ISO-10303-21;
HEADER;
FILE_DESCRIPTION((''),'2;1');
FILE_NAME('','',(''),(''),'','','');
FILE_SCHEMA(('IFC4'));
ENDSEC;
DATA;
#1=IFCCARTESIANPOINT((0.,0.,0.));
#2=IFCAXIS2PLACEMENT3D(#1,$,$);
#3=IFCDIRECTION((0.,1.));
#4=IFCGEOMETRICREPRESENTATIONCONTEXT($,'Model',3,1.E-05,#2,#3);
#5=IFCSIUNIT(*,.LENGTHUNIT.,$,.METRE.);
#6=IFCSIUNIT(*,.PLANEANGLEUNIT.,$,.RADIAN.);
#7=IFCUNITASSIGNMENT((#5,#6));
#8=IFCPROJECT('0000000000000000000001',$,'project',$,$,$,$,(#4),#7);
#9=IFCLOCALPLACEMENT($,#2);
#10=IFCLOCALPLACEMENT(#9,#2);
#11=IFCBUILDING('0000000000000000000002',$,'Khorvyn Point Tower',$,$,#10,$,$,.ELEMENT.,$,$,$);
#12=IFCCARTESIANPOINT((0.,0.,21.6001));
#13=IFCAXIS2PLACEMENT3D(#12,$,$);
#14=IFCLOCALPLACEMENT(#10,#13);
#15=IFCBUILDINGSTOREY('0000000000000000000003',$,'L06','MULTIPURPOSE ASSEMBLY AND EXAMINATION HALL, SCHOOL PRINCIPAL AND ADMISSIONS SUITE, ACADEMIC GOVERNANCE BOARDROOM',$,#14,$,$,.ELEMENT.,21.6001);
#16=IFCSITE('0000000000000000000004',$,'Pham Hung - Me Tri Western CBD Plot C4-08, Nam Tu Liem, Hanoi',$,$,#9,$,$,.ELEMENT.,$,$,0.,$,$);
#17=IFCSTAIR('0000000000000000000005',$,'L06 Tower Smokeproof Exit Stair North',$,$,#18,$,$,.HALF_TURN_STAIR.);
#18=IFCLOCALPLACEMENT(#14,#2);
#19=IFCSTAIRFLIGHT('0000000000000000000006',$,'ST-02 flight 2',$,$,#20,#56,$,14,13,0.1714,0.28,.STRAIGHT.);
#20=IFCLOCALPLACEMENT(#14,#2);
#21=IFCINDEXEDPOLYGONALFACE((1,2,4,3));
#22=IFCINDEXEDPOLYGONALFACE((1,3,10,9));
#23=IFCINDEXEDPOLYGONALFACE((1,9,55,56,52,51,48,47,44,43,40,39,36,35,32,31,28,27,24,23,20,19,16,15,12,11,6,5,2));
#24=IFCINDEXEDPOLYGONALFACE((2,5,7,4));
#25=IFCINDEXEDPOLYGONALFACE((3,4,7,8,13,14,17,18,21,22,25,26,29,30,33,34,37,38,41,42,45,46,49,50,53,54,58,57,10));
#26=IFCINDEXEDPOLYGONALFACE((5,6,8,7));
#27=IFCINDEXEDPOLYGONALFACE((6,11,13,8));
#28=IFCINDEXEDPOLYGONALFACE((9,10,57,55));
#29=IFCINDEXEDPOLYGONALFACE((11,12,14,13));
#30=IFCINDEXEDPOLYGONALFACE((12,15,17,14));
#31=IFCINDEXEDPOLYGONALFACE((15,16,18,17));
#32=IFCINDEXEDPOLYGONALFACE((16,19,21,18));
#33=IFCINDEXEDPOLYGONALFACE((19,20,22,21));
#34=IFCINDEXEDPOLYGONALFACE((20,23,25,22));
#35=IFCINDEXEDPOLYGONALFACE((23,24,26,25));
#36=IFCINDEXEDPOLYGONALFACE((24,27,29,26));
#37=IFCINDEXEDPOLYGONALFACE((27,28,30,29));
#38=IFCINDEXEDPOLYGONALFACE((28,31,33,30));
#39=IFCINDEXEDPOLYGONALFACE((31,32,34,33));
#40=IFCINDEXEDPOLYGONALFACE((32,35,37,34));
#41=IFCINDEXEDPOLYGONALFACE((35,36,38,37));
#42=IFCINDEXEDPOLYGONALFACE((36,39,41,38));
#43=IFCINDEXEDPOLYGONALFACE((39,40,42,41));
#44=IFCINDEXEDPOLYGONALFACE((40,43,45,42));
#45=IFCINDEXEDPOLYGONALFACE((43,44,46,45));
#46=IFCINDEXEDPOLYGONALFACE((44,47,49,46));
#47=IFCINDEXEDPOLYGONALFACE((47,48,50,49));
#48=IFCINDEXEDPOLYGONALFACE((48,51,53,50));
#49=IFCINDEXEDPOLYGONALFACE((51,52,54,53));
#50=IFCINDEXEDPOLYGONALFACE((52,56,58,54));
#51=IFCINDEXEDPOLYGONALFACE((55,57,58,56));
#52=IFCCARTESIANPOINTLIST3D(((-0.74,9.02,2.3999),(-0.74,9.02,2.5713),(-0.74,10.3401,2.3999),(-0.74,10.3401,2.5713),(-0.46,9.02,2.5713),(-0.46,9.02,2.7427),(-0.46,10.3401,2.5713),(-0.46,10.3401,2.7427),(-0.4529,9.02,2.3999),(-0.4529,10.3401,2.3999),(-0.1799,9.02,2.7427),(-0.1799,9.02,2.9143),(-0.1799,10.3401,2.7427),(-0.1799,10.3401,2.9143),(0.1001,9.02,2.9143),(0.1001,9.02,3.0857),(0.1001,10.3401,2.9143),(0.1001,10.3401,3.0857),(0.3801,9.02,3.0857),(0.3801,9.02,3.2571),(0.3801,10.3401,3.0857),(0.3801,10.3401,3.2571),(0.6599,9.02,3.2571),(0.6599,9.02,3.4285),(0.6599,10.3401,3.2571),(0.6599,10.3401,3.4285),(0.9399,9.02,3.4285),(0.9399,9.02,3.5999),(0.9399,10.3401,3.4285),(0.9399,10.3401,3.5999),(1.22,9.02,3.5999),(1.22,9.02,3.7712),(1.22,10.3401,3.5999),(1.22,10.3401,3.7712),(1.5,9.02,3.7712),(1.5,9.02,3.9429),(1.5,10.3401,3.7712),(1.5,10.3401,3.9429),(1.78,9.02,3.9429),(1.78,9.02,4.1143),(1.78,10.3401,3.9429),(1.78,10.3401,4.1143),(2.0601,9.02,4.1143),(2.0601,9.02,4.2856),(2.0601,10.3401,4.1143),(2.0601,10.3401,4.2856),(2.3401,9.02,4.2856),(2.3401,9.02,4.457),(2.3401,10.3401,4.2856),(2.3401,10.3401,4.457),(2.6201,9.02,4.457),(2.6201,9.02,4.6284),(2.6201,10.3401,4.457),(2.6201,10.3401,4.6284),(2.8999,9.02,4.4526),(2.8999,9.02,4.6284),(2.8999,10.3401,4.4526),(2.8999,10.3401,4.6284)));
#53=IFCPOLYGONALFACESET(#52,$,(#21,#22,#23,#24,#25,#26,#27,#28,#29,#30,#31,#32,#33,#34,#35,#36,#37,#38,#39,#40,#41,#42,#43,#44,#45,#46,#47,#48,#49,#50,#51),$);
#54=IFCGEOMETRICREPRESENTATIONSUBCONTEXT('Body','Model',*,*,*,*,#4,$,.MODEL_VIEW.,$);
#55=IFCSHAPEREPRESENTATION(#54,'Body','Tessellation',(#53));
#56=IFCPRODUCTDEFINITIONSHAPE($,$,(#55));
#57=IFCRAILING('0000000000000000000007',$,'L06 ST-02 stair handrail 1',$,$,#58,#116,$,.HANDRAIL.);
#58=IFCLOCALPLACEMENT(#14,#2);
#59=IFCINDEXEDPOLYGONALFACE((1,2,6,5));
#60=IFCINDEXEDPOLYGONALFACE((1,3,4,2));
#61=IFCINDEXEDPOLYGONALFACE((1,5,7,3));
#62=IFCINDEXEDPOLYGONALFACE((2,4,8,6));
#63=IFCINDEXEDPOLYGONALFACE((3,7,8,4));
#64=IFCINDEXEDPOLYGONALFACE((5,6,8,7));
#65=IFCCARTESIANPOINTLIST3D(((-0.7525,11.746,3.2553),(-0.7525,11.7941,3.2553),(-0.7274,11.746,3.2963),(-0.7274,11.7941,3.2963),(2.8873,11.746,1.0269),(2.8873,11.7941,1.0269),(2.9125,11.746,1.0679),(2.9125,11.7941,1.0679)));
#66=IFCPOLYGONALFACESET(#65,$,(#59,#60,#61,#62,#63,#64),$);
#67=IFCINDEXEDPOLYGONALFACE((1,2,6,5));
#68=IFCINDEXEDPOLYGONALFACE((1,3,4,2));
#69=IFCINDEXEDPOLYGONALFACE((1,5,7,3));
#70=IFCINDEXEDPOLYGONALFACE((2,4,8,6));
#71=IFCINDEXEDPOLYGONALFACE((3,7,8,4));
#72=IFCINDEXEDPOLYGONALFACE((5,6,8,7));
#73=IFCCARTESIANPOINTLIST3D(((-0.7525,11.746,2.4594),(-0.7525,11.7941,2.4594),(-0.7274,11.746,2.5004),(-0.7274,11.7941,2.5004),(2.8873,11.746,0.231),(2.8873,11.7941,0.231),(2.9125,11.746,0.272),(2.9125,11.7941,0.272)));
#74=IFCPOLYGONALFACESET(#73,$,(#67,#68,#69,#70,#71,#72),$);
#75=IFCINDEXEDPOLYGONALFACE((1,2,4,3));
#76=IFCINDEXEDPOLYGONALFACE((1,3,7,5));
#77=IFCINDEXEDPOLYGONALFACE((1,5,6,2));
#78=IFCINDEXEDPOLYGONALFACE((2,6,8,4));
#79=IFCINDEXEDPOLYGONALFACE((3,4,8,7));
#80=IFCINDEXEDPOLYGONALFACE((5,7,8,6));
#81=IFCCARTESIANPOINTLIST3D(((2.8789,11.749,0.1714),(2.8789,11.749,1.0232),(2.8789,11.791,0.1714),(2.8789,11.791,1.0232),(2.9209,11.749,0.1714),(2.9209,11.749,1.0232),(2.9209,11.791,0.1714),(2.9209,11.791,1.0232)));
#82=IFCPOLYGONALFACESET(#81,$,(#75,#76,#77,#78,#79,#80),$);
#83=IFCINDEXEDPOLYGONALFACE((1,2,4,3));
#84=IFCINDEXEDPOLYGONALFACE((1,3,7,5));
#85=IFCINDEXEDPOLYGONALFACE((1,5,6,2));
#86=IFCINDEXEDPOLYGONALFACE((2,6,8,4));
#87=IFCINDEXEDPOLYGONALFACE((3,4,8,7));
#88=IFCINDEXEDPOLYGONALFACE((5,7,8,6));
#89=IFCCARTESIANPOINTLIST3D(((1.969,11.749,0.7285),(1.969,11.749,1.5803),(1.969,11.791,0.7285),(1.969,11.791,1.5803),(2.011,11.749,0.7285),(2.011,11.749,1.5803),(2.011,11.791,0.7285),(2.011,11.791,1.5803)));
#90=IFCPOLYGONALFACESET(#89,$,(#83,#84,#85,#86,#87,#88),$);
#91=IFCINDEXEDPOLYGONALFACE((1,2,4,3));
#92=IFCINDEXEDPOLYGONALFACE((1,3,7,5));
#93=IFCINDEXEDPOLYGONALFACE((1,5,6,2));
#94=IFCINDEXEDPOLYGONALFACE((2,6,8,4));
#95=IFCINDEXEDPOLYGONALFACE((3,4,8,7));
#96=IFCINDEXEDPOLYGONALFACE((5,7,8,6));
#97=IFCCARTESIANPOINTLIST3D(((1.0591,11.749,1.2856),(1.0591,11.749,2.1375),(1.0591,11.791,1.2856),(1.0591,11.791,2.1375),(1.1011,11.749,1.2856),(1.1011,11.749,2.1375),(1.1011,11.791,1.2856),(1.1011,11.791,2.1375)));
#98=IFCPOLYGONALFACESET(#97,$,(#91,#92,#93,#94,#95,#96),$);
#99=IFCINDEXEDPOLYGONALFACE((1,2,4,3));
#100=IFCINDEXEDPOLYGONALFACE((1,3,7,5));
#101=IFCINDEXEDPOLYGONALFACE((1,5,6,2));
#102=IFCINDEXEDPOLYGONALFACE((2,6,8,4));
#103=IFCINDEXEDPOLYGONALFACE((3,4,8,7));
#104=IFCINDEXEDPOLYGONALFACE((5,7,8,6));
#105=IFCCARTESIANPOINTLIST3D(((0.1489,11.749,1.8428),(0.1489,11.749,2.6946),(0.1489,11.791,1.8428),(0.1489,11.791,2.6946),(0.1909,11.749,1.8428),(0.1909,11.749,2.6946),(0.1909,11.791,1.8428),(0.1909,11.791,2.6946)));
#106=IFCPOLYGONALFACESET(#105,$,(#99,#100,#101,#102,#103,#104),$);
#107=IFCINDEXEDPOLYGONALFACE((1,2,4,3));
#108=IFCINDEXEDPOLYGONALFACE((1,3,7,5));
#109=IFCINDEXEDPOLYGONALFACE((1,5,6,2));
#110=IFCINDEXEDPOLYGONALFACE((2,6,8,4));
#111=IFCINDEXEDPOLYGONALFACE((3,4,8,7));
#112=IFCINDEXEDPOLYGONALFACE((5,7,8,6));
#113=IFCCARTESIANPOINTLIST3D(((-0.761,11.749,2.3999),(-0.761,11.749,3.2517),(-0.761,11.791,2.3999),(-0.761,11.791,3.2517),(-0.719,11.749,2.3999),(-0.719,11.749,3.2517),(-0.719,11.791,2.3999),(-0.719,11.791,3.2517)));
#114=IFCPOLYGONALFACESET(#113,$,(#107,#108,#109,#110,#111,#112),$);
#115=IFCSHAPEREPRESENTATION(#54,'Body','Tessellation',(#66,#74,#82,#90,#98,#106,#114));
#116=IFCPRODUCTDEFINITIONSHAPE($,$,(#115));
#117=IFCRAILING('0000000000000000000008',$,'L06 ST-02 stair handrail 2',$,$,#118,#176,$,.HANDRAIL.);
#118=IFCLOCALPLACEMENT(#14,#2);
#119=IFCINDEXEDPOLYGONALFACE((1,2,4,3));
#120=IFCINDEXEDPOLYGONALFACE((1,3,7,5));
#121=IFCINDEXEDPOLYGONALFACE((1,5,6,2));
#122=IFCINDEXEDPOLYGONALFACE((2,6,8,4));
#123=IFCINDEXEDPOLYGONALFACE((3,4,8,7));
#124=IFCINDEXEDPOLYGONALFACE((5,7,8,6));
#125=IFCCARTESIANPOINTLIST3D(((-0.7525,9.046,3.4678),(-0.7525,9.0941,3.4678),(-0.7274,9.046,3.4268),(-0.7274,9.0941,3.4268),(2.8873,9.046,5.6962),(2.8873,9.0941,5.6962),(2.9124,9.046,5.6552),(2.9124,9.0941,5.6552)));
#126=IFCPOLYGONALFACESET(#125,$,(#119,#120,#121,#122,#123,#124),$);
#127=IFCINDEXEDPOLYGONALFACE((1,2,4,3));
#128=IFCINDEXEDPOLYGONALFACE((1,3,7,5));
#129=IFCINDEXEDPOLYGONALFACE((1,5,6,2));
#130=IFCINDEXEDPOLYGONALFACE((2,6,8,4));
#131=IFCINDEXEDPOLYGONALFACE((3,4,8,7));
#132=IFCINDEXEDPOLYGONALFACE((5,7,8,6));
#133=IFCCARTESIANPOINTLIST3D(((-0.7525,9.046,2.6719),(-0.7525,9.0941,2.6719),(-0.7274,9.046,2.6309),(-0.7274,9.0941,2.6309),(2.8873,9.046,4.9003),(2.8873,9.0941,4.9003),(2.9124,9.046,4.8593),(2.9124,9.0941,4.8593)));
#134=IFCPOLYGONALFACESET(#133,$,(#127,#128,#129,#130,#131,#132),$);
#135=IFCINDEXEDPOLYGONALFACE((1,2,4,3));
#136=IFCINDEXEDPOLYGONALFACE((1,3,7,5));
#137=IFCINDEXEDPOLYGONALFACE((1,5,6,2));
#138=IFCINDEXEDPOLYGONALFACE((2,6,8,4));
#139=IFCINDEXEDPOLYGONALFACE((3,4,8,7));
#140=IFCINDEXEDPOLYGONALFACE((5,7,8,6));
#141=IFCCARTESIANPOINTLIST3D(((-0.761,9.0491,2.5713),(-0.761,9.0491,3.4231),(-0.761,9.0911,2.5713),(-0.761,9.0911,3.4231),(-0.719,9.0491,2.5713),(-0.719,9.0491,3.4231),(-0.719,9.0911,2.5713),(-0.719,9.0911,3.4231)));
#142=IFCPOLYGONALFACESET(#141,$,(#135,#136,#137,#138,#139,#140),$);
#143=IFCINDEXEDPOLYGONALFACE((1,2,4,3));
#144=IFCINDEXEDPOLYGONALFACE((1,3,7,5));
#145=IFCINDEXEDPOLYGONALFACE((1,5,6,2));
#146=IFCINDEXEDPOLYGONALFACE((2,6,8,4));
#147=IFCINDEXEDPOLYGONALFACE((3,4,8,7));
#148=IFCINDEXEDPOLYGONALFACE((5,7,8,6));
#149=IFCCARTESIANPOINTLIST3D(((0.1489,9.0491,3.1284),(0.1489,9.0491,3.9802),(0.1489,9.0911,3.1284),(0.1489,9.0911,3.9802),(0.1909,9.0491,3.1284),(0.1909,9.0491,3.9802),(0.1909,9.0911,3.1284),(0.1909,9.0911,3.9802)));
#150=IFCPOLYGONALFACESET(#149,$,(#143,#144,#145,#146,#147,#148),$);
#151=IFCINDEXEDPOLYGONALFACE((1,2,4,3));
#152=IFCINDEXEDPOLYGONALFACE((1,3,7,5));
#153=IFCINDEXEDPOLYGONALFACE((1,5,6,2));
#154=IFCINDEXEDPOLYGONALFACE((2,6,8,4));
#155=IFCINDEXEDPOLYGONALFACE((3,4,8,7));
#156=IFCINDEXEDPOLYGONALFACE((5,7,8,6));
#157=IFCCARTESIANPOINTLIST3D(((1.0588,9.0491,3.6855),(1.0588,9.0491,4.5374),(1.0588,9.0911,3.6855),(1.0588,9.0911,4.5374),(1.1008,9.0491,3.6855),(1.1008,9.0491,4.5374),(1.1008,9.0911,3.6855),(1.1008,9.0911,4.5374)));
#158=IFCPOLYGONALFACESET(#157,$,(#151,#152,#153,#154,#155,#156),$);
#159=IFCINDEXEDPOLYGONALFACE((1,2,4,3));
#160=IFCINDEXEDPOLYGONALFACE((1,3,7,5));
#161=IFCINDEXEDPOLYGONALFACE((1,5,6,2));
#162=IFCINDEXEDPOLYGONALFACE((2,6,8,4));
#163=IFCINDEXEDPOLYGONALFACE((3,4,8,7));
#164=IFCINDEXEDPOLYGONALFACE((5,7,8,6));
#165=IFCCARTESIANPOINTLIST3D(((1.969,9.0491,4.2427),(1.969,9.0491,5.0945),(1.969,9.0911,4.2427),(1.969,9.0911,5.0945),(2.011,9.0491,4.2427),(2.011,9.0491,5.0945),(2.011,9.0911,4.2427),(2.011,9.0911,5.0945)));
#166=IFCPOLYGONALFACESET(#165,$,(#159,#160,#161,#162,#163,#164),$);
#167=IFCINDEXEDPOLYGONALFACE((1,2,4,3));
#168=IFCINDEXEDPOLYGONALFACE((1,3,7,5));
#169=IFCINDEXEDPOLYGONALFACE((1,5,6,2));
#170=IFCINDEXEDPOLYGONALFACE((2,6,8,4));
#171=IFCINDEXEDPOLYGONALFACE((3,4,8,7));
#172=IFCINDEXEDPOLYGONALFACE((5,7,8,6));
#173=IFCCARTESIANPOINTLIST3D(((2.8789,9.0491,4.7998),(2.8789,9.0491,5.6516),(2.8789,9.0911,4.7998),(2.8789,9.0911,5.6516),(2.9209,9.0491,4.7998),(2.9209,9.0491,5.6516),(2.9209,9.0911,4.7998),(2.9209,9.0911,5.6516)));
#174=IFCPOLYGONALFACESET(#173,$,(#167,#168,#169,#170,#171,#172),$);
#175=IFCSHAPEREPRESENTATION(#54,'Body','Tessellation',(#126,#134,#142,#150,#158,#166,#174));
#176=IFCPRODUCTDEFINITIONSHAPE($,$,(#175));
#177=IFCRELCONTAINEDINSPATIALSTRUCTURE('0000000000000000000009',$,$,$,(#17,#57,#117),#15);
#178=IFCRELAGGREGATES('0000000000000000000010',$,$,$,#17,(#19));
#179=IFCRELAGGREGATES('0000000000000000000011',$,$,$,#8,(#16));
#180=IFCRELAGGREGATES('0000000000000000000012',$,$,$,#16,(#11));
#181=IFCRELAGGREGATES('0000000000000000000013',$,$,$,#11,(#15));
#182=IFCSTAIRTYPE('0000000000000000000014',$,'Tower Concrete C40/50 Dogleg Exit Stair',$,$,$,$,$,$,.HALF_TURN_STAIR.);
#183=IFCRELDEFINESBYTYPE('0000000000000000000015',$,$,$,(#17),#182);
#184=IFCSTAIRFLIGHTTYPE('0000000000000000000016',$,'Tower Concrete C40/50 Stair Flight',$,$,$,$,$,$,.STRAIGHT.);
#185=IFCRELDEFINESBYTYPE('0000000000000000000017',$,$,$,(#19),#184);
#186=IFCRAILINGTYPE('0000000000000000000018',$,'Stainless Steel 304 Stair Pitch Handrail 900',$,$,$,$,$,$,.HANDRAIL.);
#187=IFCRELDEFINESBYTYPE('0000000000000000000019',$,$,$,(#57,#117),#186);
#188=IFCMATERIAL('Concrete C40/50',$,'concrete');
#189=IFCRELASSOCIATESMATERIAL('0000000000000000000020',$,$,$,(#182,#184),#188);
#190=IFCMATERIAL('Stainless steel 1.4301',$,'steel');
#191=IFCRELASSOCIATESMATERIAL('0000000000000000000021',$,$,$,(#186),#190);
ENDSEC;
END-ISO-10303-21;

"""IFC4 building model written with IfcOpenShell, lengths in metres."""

from ifc_helpers import new_model, si_unit, direction, frame, origin, origin_2d, place, context, subcontext, project, spatial, polyline, rectangle, outline, extrude, material, type_object, element, aggregate, save


model = new_model("IFC4")

# Units and contexts
model_context = context("Model", 3, precision=1e-05, world=origin(), true_north=direction((0.0, 1.0)))
body_context = subcontext(model_context, "Body", "Model", "MODEL_VIEW")
ifc_project = project(units=[si_unit("LENGTHUNIT", "METRE"), si_unit("PLANEANGLEUNIT", "RADIAN")], contexts=[model_context])

# Site, building, storey
site_placement = place(None, origin())
site = spatial("IfcSite", under=ifc_project, at=site_placement, Name="Pham Hung - Me Tri Western CBD Plot C4-08, Nam Tu Liem, Hanoi", CompositionType="ELEMENT", RefElevation=0.0)
building_placement = place(site_placement, origin())
building = spatial("IfcBuilding", under=site, at=building_placement, Name="Khorvyn Point Tower", CompositionType="ELEMENT")
storey_placement = place(building_placement, frame((0.0, 0.0, 21.6001)))
storey = spatial("IfcBuildingStorey", under=building, at=storey_placement, Name="L06", Description="MULTIPURPOSE ASSEMBLY AND EXAMINATION HALL, SCHOOL PRINCIPAL AND ADMISSIONS SUITE, ACADEMIC GOVERNANCE BOARDROOM", CompositionType="ELEMENT", Elevation=21.6001)

# Shared definitions
ifc_material_1 = material(Name="Concrete C40/50", Category="concrete")

# Stair, stair flight
stair_type = type_object("IfcStairType", Name="Tower Concrete C40/50 Dogleg Exit Stair", PredefinedType="HALF_TURN_STAIR", material=ifc_material_1)
stair_placement = place(storey_placement, origin())
stair = element("IfcStair", 1, at=stair_placement, inside=storey, type_object=stair_type, Name="L06 Tower Smokeproof Exit Stair North", PredefinedType="HALF_TURN_STAIR")
stair_flight_type = type_object("IfcStairFlightType", Name="Tower Concrete C40/50 Stair Flight", PredefinedType="STRAIGHT", material=ifc_material_1)
stair_flight_1_placement = place(storey_placement, frame((-0.74, 9.6799, 2.3999), z_axis=(0.0, 0.0, 1.0), x_axis=(1.0, 0.0, 0.0)))
stair_flight_1 = element("IfcStairFlight", 2, at=stair_flight_1_placement, type_object=stair_flight_type, Name="ST-02 flight 2", NumberOfRisers=14, NumberOfTreads=13, PredefinedType="STRAIGHT", RiserHeight=0.1714, TreadLength=0.28, context=body_context, shape_type="SweptSolid", body=[
    extrude(outline(polyline([(0.0, 0.0), (0.0, 0.1714), (0.28, 0.1714), (0.28, 0.3428), (0.5601, 0.3428), (0.5601, 0.5144), (0.8401, 0.5144), (0.8401, 0.6858), (1.1201, 0.6858), (1.1201, 0.8572), (1.3999, 0.8572), (1.3999, 1.0286), (1.6799, 1.0286), (1.6799, 1.2), (1.96, 1.2), (1.96, 1.3713), (2.24, 1.3713), (2.24, 1.543), (2.52, 1.543), (2.52, 1.7144), (2.8, 1.7144), (2.8, 1.8857), (3.0801, 1.8857), (3.0801, 2.0571), (3.3601, 2.0571), (3.3601, 2.2285), (3.6399, 2.2285), (3.6399, 2.3999), (3.6399, 2.0527), (0.2871, 0.0), (0.0, 0.0)])), frame((0.0, 0.6602, 0.0), z_axis=(0.0, -1.0, 0.0), x_axis=(1.0, 0.0, 0.0)), (0.0, 0.0, 1.0), 1.3201),
])
aggregate(stair, [stair_flight_1])

# Railings
ifc_material_2 = material(Name="Stainless steel 1.4301", Category="steel")
railing_type_1 = type_object("IfcRailingType", Name="Stainless Steel 304 Stair Pitch Handrail 900", PredefinedType="HANDRAIL", material=ifc_material_2)
railing_1_placement = place(storey_placement, frame((2.8999, 11.77, 0.1714)))
element("IfcRailing", 3, at=railing_1_placement, inside=storey, type_object=railing_type_1, Name="L06 ST-02 stair handrail 1", PredefinedType="HANDRAIL", context=body_context, shape_type="SweptSolid", body=[
    extrude(rectangle(XDim=0.0481, YDim=0.0481, at=origin_2d()), frame((0.0, 0.0, 0.876), z_axis=(-0.85285, 0.0, 0.522156), x_axis=(0.0, -1.0, 0.0)), (0.0, 0.0, 1.0), 4.2678),
    extrude(rectangle(XDim=0.0481, YDim=0.0481, at=origin_2d()), frame((0.0, 0.0, 0.0801), z_axis=(-0.85285, 0.0, 0.522156), x_axis=(0.0, -1.0, 0.0)), (0.0, 0.0, 1.0), 4.2678),
    extrude(rectangle(XDim=0.042, YDim=0.042, at=origin_2d()), origin(), (0.0, 0.0, 1.0), 0.8518),
    extrude(rectangle(XDim=0.042, YDim=0.042, at=origin_2d()), frame((-0.9099, 0.0, 0.5571)), (0.0, 0.0, 1.0), 0.8518),
    extrude(rectangle(XDim=0.042, YDim=0.042, at=origin_2d()), frame((-1.8198, 0.0, 1.1143)), (0.0, 0.0, 1.0), 0.8518),
    extrude(rectangle(XDim=0.042, YDim=0.042, at=origin_2d()), frame((-2.73, 0.0, 1.6714)), (0.0, 0.0, 1.0), 0.8518),
    extrude(rectangle(XDim=0.042, YDim=0.042, at=origin_2d()), frame((-3.6399, 0.0, 2.2285)), (0.0, 0.0, 1.0), 0.8518),
])
railing_2_placement = place(storey_placement, frame((-0.74, 9.0701, 2.5713)))
element("IfcRailing", 4, at=railing_2_placement, inside=storey, type_object=railing_type_1, Name="L06 ST-02 stair handrail 2", PredefinedType="HANDRAIL", context=body_context, shape_type="SweptSolid", body=[
    extrude(rectangle(XDim=0.0481, YDim=0.0481, at=origin_2d()), frame((0.0, 0.0, 0.876), z_axis=(0.85285, 0.0, 0.522156), x_axis=(0.0, 1.0, 0.0)), (0.0, 0.0, 1.0), 4.2678),
    extrude(rectangle(XDim=0.0481, YDim=0.0481, at=origin_2d()), frame((0.0, 0.0, 0.0801), z_axis=(0.85285, 0.0, 0.522156), x_axis=(0.0, 1.0, 0.0)), (0.0, 0.0, 1.0), 4.2678),
    extrude(rectangle(XDim=0.042, YDim=0.042, at=origin_2d()), origin(), (0.0, 0.0, 1.0), 0.8518),
    extrude(rectangle(XDim=0.042, YDim=0.042, at=origin_2d()), frame((0.9099, 0.0, 0.5571)), (0.0, 0.0, 1.0), 0.8518),
    extrude(rectangle(XDim=0.042, YDim=0.042, at=origin_2d()), frame((1.8198, 0.0, 1.1143)), (0.0, 0.0, 1.0), 0.8518),
    extrude(rectangle(XDim=0.042, YDim=0.042, at=origin_2d()), frame((2.73, 0.0, 1.6714)), (0.0, 0.0, 1.0), 0.8518),
    extrude(rectangle(XDim=0.042, YDim=0.042, at=origin_2d()), frame((3.6399, 0.0, 2.2285)), (0.0, 0.0, 1.0), 0.8518),
])

save(model, "model.ifc")
